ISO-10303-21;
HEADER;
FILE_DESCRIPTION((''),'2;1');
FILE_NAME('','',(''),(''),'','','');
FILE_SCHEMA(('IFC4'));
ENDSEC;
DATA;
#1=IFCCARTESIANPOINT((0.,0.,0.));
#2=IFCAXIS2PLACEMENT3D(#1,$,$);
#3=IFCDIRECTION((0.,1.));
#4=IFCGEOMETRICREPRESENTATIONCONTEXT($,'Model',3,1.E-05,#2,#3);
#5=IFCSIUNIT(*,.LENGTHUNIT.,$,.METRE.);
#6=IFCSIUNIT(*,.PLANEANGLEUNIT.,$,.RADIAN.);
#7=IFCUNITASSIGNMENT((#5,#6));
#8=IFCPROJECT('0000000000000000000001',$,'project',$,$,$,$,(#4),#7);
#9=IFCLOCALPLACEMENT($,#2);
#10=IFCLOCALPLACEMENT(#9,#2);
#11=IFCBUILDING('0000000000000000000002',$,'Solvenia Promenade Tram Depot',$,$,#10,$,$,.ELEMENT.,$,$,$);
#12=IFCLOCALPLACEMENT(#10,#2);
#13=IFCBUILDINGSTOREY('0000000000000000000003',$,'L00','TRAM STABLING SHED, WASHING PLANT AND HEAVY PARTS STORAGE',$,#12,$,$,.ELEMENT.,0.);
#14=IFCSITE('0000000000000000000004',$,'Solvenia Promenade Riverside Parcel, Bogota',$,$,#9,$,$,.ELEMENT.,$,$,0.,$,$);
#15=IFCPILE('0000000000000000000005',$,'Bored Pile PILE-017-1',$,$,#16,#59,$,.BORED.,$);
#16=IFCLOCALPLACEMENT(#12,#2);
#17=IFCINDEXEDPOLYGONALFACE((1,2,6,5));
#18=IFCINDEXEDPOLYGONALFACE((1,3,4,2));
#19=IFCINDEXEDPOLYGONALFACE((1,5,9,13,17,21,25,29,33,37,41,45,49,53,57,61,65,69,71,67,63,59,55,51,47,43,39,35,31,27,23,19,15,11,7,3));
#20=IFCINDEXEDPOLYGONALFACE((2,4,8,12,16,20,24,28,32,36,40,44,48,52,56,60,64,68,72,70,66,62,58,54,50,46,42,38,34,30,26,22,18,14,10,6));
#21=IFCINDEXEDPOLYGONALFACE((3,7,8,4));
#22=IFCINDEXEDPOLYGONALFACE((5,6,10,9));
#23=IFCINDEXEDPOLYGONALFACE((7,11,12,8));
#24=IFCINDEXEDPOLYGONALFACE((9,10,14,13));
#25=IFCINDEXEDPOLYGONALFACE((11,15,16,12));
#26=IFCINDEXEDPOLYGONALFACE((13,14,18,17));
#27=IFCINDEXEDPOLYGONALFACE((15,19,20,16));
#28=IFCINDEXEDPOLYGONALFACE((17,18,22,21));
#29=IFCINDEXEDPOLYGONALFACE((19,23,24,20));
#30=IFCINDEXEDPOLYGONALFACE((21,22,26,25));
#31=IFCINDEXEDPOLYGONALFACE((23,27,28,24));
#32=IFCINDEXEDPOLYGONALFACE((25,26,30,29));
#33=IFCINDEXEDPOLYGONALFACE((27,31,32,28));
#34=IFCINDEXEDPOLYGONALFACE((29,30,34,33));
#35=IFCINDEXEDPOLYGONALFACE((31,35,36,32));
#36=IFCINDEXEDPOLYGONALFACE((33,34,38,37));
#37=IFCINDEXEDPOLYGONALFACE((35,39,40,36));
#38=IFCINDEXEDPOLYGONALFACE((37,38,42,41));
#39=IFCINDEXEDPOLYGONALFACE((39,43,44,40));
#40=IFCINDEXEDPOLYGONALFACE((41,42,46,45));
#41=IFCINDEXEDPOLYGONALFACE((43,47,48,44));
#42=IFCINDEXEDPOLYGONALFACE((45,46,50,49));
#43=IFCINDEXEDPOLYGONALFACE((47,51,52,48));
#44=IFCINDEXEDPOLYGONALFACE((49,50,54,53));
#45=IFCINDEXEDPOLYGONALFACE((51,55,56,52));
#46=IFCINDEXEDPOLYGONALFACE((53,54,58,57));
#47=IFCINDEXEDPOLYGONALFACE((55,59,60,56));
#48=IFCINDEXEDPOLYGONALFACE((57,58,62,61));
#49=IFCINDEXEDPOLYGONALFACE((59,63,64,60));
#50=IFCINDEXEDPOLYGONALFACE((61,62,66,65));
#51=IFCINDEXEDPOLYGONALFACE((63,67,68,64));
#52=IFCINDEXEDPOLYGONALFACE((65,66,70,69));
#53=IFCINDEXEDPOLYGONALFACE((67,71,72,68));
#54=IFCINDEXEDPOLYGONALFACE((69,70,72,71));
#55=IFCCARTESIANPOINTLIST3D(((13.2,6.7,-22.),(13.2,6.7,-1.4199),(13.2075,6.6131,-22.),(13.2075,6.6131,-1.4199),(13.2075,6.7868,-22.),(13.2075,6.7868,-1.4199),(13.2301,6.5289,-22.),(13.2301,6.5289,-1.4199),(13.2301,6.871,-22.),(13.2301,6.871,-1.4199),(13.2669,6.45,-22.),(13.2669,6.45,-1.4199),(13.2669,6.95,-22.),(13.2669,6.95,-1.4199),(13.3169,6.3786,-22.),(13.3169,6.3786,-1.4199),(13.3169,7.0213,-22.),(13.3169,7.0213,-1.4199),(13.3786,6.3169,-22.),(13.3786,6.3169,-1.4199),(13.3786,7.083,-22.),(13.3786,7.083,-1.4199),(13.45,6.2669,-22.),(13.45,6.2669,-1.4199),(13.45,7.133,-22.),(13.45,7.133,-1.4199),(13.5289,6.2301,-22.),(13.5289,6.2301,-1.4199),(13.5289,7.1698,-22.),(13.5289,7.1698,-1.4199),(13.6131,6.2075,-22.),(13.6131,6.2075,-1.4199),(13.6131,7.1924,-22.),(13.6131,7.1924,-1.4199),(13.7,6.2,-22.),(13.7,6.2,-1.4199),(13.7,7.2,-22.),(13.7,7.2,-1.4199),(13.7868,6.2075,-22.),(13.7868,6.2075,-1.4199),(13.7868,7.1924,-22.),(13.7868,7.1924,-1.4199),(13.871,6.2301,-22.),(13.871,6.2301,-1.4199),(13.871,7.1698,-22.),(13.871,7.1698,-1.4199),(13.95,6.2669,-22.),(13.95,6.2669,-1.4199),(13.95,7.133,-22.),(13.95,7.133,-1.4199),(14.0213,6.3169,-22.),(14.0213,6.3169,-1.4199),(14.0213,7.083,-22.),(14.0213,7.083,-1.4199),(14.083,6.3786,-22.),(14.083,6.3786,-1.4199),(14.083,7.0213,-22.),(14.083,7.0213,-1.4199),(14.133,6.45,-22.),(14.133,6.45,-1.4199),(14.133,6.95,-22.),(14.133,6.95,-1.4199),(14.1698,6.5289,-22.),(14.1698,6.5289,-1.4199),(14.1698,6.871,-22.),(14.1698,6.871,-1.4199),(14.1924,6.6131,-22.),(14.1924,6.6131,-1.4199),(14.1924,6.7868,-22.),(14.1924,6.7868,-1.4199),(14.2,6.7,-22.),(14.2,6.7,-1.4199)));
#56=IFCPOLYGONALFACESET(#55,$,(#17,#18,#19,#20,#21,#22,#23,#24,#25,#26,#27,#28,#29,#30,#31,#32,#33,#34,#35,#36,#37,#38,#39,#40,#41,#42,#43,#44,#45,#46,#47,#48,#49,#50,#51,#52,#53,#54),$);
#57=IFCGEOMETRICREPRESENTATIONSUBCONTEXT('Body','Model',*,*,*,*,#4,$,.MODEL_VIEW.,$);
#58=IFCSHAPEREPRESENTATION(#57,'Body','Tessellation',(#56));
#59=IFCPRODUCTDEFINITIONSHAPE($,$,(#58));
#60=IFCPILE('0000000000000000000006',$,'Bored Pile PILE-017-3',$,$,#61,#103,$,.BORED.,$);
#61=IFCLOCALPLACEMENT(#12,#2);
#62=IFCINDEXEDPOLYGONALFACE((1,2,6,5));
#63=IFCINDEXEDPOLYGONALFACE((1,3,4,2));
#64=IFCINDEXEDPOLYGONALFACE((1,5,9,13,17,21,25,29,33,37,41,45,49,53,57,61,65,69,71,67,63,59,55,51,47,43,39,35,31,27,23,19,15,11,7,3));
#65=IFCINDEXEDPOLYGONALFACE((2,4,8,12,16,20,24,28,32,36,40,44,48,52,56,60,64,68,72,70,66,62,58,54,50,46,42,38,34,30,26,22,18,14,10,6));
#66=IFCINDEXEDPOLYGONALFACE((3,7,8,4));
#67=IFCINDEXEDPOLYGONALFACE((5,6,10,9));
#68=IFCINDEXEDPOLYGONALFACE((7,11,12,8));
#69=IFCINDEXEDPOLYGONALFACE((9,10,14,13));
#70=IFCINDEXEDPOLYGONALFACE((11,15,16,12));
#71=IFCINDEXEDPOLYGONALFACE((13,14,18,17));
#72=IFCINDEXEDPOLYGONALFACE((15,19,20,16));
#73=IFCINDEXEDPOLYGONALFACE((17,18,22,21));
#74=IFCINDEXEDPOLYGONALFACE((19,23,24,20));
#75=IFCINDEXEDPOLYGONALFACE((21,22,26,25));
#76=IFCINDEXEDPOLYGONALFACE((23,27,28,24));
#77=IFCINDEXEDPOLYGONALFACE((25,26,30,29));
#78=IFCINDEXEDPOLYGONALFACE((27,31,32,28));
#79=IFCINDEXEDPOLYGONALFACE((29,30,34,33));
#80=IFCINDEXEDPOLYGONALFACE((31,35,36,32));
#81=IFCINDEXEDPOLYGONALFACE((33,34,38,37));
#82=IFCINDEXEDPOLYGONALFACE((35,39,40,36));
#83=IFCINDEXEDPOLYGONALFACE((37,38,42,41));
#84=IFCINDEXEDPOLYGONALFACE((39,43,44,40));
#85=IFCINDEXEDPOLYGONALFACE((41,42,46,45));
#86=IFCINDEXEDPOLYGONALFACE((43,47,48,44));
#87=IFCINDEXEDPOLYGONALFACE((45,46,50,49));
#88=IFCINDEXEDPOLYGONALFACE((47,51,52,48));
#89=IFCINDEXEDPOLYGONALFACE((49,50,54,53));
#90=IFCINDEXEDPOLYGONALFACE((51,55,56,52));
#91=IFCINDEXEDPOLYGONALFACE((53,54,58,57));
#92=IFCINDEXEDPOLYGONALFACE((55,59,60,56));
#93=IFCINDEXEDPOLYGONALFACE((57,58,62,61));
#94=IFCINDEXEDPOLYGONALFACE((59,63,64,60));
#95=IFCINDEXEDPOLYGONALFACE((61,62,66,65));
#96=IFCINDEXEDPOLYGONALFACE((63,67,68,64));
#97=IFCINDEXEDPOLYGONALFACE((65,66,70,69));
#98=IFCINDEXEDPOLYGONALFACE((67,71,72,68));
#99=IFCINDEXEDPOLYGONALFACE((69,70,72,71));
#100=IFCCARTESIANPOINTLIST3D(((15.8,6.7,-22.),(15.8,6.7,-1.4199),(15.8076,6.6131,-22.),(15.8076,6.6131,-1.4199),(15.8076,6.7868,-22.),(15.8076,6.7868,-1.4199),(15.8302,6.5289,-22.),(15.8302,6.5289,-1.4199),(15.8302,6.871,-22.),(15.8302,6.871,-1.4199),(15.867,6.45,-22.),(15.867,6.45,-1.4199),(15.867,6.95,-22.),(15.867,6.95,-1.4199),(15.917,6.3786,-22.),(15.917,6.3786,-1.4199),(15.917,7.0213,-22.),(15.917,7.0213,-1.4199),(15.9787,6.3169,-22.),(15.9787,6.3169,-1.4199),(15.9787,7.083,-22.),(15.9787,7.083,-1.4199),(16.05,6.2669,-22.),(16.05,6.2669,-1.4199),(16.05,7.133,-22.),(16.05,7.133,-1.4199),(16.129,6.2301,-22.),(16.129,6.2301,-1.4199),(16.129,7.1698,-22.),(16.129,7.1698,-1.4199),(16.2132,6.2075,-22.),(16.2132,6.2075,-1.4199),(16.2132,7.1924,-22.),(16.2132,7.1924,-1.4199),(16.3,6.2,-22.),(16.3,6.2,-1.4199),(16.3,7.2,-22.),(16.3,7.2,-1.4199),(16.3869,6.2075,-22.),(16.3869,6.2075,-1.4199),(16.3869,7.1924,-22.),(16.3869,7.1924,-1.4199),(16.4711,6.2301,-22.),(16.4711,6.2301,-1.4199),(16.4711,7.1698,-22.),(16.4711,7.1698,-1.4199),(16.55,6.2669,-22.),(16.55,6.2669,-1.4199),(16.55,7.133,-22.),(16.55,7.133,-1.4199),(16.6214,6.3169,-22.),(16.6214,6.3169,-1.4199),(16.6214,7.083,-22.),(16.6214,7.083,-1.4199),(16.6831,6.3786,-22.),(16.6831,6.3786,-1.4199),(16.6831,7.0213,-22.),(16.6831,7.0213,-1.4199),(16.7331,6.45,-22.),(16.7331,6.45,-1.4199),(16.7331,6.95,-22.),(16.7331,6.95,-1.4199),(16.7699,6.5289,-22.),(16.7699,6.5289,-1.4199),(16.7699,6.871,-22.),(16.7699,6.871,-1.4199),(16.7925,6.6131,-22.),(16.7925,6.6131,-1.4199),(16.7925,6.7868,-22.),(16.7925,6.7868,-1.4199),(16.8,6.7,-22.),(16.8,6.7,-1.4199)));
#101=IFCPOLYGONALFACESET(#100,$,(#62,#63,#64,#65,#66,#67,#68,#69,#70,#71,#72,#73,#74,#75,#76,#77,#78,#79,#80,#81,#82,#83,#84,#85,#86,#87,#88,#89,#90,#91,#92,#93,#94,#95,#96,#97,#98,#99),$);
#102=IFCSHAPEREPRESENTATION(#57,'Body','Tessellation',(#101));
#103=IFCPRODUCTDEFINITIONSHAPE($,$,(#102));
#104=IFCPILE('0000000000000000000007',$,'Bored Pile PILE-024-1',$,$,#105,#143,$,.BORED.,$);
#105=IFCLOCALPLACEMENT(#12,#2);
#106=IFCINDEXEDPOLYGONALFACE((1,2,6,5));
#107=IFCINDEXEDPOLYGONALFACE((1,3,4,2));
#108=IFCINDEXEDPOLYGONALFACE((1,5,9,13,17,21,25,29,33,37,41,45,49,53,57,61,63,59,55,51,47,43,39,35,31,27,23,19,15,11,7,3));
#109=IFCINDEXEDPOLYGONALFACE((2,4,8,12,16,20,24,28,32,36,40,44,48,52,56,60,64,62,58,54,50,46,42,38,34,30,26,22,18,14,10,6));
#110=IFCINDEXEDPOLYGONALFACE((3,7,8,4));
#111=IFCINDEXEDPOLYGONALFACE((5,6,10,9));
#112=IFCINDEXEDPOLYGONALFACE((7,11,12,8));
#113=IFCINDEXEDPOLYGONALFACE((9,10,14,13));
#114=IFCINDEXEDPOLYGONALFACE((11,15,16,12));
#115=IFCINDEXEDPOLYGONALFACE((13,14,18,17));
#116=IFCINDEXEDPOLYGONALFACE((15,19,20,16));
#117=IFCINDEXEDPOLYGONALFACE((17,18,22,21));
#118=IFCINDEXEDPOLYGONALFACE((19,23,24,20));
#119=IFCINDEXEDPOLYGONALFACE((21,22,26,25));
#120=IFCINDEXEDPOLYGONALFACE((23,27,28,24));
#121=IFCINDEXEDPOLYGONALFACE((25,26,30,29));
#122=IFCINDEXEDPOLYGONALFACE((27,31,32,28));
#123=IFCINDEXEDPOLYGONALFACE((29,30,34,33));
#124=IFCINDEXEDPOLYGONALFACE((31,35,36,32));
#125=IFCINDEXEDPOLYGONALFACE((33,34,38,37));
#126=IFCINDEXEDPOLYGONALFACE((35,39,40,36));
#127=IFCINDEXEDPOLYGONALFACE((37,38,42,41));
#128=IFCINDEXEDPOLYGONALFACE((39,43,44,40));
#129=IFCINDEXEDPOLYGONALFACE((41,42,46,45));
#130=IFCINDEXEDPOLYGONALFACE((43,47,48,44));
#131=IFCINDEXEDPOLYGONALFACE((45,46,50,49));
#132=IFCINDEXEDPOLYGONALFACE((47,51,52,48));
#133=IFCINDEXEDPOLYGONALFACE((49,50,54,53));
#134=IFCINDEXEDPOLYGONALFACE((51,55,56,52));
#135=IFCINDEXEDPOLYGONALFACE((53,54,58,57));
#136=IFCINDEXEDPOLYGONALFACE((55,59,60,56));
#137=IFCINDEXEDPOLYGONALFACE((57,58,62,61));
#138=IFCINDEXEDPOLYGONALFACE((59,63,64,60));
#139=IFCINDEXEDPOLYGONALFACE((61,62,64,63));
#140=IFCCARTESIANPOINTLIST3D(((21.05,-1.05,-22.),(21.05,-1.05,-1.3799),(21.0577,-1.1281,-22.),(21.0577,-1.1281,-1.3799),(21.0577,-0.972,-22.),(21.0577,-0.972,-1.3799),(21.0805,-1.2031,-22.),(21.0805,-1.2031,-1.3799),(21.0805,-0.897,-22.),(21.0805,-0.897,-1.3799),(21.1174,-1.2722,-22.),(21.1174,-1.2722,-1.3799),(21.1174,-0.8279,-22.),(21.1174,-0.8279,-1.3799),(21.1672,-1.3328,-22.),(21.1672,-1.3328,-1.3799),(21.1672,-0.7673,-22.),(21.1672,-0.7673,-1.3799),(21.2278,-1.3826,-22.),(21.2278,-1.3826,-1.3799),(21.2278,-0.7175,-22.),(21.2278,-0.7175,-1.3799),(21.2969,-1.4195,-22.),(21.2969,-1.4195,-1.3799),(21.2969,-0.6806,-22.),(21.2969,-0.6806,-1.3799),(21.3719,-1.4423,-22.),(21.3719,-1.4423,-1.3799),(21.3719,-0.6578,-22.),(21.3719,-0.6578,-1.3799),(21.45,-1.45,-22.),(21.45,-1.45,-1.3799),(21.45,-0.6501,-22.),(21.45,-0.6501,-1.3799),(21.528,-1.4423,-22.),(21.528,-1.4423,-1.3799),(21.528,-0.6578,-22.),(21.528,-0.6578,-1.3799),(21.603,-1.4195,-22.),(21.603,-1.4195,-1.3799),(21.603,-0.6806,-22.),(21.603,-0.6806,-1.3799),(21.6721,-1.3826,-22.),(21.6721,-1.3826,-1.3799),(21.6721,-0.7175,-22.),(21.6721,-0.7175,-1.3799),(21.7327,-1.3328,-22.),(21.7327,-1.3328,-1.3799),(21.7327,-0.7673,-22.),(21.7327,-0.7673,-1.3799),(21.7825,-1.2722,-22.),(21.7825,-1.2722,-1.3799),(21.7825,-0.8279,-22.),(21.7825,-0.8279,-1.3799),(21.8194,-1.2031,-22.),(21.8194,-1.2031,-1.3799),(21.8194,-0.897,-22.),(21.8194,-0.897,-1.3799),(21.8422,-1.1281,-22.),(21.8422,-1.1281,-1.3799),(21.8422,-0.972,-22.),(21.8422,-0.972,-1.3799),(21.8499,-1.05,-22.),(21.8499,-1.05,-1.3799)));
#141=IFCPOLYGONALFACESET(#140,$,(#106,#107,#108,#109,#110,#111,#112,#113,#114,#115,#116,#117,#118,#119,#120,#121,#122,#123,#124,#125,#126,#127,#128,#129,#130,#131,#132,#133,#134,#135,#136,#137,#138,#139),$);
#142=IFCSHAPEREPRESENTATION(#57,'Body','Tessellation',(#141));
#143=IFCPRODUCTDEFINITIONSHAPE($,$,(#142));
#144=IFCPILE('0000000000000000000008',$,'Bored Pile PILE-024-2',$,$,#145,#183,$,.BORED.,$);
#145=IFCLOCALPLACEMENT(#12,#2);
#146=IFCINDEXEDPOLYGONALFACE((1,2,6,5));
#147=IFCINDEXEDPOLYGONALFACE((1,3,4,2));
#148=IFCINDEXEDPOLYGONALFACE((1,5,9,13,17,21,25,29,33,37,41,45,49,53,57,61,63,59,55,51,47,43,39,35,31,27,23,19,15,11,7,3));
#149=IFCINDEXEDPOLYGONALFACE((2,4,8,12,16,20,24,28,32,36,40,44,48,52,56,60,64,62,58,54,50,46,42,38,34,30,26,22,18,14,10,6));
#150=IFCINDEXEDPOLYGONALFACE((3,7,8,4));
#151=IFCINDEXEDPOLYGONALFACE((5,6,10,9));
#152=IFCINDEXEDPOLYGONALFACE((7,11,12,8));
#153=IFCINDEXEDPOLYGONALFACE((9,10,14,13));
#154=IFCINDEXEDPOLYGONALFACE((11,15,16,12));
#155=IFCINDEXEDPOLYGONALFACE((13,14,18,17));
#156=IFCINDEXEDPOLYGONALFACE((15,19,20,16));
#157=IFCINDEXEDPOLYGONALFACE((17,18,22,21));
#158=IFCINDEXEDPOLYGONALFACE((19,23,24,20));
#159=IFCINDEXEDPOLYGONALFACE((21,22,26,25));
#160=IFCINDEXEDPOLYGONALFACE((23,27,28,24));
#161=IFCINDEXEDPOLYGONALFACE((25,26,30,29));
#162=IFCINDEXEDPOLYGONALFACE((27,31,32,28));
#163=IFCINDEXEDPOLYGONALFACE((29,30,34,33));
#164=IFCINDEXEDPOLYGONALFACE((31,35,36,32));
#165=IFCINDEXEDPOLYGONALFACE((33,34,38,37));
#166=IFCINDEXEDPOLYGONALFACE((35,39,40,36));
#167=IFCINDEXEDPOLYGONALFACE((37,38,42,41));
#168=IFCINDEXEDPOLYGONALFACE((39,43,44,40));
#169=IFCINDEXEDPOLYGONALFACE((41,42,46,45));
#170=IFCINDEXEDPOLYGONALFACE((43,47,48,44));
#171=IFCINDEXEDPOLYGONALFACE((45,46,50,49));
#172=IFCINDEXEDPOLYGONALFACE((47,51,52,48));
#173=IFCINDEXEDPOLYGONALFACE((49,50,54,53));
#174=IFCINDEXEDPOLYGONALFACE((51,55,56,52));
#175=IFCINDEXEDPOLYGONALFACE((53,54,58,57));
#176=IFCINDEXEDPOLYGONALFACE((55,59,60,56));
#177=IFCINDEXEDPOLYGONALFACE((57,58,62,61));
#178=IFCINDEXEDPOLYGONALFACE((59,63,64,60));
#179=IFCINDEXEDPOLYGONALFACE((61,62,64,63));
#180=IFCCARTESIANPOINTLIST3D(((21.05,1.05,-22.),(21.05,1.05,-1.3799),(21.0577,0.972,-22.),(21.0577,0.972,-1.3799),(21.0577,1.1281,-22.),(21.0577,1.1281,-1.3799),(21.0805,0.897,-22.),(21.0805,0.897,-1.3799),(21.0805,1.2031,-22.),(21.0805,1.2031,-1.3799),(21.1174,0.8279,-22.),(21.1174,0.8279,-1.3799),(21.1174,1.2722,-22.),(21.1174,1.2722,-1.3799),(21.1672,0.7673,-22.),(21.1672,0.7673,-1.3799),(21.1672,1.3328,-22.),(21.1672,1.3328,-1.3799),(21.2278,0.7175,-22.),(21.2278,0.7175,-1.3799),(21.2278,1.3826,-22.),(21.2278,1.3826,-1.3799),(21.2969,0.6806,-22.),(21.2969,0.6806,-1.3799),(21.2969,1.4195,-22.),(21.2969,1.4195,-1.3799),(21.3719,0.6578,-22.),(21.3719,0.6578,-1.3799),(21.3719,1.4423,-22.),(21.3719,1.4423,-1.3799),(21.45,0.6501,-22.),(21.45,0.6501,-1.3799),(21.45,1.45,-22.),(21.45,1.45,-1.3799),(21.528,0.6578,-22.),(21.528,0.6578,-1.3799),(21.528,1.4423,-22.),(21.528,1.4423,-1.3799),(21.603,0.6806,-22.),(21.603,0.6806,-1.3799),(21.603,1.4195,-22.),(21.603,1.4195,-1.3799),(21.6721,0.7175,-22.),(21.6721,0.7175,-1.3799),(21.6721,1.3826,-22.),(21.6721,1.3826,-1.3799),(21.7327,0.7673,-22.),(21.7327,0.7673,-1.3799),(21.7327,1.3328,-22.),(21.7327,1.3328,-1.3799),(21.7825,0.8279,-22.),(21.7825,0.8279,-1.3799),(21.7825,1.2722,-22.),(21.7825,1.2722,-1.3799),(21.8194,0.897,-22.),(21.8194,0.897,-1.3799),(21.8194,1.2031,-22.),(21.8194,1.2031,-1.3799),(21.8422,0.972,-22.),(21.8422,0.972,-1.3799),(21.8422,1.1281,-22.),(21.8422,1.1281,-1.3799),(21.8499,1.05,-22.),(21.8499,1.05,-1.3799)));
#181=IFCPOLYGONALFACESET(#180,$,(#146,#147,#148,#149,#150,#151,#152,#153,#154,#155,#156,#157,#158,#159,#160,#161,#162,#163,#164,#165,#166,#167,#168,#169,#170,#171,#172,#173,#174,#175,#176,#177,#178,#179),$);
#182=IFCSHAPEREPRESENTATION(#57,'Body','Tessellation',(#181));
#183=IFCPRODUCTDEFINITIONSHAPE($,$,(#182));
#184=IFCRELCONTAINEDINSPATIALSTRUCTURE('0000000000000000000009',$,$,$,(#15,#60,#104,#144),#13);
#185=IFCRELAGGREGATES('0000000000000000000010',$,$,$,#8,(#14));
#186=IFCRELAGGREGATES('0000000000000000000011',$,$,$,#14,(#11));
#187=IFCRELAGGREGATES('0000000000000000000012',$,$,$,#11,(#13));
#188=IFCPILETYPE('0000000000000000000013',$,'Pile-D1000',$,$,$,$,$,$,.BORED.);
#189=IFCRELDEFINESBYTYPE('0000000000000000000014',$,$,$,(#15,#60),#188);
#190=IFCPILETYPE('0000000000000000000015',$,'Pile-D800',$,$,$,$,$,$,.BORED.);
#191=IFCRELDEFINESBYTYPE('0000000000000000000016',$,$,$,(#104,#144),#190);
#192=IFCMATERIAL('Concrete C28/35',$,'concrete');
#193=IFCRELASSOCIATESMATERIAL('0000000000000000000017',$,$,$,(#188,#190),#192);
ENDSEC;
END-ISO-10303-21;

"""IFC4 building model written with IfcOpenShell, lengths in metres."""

from ifc_helpers import new_model, si_unit, direction, frame, origin, origin_2d, place, context, subcontext, project, spatial, circle, extrude, material, material_profile, profile_set, type_object, element, save


model = new_model("IFC4")

# Units and contexts
model_context = context("Model", 3, precision=1e-05, world=origin(), true_north=direction((0.0, 1.0)))
body_context = subcontext(model_context, "Body", "Model", "MODEL_VIEW")
ifc_project = project(units=[si_unit("LENGTHUNIT", "METRE"), si_unit("PLANEANGLEUNIT", "RADIAN")], contexts=[model_context])

# Site, building, storey
site_placement = place(None, origin())
site = spatial("IfcSite", under=ifc_project, at=site_placement, Name="Solvenia Promenade Riverside Parcel, Bogota", CompositionType="ELEMENT", RefElevation=0.0)
building_placement = place(site_placement, origin())
building = spatial("IfcBuilding", under=site, at=building_placement, Name="Solvenia Promenade Tram Depot", CompositionType="ELEMENT")
storey_placement = place(building_placement, origin())
storey = spatial("IfcBuildingStorey", under=building, at=storey_placement, Name="L00", Description="TRAM STABLING SHED, WASHING PLANT AND HEAVY PARTS STORAGE", CompositionType="ELEMENT", Elevation=0.0)

# Shared definitions
ifc_material_1 = material(Name="Concrete C28/35", Category="concrete")

# Piles
ifc_material_profile_1 = material_profile(ifc_material_1, circle(Radius=0.5, at=origin_2d()), Name="D1000", Category="concrete")
ifc_profile_set_1 = profile_set([ifc_material_profile_1], Name="Concrete C28/35")
pile_type_1 = type_object("IfcPileType", Name="Pile-D1000", PredefinedType="BORED", material=ifc_profile_set_1)
for number, where, z_axis, x_axis, name in (
    (1, (13.7, 6.7, -1.4199), (0.0, 0.0, -1.0), (1.0, 0.0, 0.0), "Bored Pile PILE-017-1"),
    (2, (16.3, 6.7, -1.4199), (0.0, 0.0, -1.0), (1.0, 0.0, 0.0), "Bored Pile PILE-017-3"),
):
    element("IfcPile", number, at=place(storey_placement, frame(where, z_axis=z_axis, x_axis=x_axis)), inside=storey, type_object=pile_type_1, Name=name, PredefinedType="BORED", context=body_context, shape_type="SweptSolid", body=[
        extrude(circle(Radius=0.5, at=origin_2d()), origin(), (0.0, 0.0, 1.0), 20.5801),
    ])
ifc_material_profile_2 = material_profile(ifc_material_1, circle(Radius=0.3999, at=origin_2d()), Name="D800", Category="concrete")
ifc_profile_set_2 = profile_set([ifc_material_profile_2], Name="Concrete C28/35")
pile_type_2 = type_object("IfcPileType", Name="Pile-D800", PredefinedType="BORED", material=ifc_profile_set_2)
for number, where, z_axis, x_axis, name in (
    (3, (21.45, -1.05, -1.3799), (0.0, 0.0, -1.0), (1.0, 0.0, 0.0), "Bored Pile PILE-024-1"),
    (4, (21.45, 1.05, -1.3799), (0.0, 0.0, -1.0), (1.0, 0.0, 0.0), "Bored Pile PILE-024-2"),
):
    element("IfcPile", number, at=place(storey_placement, frame(where, z_axis=z_axis, x_axis=x_axis)), inside=storey, type_object=pile_type_2, Name=name, PredefinedType="BORED", context=body_context, shape_type="SweptSolid", body=[
        extrude(circle(Radius=0.3999, at=origin_2d()), origin(), (0.0, 0.0, 1.0), 20.6201),
    ])

save(model, "model.ifc")
